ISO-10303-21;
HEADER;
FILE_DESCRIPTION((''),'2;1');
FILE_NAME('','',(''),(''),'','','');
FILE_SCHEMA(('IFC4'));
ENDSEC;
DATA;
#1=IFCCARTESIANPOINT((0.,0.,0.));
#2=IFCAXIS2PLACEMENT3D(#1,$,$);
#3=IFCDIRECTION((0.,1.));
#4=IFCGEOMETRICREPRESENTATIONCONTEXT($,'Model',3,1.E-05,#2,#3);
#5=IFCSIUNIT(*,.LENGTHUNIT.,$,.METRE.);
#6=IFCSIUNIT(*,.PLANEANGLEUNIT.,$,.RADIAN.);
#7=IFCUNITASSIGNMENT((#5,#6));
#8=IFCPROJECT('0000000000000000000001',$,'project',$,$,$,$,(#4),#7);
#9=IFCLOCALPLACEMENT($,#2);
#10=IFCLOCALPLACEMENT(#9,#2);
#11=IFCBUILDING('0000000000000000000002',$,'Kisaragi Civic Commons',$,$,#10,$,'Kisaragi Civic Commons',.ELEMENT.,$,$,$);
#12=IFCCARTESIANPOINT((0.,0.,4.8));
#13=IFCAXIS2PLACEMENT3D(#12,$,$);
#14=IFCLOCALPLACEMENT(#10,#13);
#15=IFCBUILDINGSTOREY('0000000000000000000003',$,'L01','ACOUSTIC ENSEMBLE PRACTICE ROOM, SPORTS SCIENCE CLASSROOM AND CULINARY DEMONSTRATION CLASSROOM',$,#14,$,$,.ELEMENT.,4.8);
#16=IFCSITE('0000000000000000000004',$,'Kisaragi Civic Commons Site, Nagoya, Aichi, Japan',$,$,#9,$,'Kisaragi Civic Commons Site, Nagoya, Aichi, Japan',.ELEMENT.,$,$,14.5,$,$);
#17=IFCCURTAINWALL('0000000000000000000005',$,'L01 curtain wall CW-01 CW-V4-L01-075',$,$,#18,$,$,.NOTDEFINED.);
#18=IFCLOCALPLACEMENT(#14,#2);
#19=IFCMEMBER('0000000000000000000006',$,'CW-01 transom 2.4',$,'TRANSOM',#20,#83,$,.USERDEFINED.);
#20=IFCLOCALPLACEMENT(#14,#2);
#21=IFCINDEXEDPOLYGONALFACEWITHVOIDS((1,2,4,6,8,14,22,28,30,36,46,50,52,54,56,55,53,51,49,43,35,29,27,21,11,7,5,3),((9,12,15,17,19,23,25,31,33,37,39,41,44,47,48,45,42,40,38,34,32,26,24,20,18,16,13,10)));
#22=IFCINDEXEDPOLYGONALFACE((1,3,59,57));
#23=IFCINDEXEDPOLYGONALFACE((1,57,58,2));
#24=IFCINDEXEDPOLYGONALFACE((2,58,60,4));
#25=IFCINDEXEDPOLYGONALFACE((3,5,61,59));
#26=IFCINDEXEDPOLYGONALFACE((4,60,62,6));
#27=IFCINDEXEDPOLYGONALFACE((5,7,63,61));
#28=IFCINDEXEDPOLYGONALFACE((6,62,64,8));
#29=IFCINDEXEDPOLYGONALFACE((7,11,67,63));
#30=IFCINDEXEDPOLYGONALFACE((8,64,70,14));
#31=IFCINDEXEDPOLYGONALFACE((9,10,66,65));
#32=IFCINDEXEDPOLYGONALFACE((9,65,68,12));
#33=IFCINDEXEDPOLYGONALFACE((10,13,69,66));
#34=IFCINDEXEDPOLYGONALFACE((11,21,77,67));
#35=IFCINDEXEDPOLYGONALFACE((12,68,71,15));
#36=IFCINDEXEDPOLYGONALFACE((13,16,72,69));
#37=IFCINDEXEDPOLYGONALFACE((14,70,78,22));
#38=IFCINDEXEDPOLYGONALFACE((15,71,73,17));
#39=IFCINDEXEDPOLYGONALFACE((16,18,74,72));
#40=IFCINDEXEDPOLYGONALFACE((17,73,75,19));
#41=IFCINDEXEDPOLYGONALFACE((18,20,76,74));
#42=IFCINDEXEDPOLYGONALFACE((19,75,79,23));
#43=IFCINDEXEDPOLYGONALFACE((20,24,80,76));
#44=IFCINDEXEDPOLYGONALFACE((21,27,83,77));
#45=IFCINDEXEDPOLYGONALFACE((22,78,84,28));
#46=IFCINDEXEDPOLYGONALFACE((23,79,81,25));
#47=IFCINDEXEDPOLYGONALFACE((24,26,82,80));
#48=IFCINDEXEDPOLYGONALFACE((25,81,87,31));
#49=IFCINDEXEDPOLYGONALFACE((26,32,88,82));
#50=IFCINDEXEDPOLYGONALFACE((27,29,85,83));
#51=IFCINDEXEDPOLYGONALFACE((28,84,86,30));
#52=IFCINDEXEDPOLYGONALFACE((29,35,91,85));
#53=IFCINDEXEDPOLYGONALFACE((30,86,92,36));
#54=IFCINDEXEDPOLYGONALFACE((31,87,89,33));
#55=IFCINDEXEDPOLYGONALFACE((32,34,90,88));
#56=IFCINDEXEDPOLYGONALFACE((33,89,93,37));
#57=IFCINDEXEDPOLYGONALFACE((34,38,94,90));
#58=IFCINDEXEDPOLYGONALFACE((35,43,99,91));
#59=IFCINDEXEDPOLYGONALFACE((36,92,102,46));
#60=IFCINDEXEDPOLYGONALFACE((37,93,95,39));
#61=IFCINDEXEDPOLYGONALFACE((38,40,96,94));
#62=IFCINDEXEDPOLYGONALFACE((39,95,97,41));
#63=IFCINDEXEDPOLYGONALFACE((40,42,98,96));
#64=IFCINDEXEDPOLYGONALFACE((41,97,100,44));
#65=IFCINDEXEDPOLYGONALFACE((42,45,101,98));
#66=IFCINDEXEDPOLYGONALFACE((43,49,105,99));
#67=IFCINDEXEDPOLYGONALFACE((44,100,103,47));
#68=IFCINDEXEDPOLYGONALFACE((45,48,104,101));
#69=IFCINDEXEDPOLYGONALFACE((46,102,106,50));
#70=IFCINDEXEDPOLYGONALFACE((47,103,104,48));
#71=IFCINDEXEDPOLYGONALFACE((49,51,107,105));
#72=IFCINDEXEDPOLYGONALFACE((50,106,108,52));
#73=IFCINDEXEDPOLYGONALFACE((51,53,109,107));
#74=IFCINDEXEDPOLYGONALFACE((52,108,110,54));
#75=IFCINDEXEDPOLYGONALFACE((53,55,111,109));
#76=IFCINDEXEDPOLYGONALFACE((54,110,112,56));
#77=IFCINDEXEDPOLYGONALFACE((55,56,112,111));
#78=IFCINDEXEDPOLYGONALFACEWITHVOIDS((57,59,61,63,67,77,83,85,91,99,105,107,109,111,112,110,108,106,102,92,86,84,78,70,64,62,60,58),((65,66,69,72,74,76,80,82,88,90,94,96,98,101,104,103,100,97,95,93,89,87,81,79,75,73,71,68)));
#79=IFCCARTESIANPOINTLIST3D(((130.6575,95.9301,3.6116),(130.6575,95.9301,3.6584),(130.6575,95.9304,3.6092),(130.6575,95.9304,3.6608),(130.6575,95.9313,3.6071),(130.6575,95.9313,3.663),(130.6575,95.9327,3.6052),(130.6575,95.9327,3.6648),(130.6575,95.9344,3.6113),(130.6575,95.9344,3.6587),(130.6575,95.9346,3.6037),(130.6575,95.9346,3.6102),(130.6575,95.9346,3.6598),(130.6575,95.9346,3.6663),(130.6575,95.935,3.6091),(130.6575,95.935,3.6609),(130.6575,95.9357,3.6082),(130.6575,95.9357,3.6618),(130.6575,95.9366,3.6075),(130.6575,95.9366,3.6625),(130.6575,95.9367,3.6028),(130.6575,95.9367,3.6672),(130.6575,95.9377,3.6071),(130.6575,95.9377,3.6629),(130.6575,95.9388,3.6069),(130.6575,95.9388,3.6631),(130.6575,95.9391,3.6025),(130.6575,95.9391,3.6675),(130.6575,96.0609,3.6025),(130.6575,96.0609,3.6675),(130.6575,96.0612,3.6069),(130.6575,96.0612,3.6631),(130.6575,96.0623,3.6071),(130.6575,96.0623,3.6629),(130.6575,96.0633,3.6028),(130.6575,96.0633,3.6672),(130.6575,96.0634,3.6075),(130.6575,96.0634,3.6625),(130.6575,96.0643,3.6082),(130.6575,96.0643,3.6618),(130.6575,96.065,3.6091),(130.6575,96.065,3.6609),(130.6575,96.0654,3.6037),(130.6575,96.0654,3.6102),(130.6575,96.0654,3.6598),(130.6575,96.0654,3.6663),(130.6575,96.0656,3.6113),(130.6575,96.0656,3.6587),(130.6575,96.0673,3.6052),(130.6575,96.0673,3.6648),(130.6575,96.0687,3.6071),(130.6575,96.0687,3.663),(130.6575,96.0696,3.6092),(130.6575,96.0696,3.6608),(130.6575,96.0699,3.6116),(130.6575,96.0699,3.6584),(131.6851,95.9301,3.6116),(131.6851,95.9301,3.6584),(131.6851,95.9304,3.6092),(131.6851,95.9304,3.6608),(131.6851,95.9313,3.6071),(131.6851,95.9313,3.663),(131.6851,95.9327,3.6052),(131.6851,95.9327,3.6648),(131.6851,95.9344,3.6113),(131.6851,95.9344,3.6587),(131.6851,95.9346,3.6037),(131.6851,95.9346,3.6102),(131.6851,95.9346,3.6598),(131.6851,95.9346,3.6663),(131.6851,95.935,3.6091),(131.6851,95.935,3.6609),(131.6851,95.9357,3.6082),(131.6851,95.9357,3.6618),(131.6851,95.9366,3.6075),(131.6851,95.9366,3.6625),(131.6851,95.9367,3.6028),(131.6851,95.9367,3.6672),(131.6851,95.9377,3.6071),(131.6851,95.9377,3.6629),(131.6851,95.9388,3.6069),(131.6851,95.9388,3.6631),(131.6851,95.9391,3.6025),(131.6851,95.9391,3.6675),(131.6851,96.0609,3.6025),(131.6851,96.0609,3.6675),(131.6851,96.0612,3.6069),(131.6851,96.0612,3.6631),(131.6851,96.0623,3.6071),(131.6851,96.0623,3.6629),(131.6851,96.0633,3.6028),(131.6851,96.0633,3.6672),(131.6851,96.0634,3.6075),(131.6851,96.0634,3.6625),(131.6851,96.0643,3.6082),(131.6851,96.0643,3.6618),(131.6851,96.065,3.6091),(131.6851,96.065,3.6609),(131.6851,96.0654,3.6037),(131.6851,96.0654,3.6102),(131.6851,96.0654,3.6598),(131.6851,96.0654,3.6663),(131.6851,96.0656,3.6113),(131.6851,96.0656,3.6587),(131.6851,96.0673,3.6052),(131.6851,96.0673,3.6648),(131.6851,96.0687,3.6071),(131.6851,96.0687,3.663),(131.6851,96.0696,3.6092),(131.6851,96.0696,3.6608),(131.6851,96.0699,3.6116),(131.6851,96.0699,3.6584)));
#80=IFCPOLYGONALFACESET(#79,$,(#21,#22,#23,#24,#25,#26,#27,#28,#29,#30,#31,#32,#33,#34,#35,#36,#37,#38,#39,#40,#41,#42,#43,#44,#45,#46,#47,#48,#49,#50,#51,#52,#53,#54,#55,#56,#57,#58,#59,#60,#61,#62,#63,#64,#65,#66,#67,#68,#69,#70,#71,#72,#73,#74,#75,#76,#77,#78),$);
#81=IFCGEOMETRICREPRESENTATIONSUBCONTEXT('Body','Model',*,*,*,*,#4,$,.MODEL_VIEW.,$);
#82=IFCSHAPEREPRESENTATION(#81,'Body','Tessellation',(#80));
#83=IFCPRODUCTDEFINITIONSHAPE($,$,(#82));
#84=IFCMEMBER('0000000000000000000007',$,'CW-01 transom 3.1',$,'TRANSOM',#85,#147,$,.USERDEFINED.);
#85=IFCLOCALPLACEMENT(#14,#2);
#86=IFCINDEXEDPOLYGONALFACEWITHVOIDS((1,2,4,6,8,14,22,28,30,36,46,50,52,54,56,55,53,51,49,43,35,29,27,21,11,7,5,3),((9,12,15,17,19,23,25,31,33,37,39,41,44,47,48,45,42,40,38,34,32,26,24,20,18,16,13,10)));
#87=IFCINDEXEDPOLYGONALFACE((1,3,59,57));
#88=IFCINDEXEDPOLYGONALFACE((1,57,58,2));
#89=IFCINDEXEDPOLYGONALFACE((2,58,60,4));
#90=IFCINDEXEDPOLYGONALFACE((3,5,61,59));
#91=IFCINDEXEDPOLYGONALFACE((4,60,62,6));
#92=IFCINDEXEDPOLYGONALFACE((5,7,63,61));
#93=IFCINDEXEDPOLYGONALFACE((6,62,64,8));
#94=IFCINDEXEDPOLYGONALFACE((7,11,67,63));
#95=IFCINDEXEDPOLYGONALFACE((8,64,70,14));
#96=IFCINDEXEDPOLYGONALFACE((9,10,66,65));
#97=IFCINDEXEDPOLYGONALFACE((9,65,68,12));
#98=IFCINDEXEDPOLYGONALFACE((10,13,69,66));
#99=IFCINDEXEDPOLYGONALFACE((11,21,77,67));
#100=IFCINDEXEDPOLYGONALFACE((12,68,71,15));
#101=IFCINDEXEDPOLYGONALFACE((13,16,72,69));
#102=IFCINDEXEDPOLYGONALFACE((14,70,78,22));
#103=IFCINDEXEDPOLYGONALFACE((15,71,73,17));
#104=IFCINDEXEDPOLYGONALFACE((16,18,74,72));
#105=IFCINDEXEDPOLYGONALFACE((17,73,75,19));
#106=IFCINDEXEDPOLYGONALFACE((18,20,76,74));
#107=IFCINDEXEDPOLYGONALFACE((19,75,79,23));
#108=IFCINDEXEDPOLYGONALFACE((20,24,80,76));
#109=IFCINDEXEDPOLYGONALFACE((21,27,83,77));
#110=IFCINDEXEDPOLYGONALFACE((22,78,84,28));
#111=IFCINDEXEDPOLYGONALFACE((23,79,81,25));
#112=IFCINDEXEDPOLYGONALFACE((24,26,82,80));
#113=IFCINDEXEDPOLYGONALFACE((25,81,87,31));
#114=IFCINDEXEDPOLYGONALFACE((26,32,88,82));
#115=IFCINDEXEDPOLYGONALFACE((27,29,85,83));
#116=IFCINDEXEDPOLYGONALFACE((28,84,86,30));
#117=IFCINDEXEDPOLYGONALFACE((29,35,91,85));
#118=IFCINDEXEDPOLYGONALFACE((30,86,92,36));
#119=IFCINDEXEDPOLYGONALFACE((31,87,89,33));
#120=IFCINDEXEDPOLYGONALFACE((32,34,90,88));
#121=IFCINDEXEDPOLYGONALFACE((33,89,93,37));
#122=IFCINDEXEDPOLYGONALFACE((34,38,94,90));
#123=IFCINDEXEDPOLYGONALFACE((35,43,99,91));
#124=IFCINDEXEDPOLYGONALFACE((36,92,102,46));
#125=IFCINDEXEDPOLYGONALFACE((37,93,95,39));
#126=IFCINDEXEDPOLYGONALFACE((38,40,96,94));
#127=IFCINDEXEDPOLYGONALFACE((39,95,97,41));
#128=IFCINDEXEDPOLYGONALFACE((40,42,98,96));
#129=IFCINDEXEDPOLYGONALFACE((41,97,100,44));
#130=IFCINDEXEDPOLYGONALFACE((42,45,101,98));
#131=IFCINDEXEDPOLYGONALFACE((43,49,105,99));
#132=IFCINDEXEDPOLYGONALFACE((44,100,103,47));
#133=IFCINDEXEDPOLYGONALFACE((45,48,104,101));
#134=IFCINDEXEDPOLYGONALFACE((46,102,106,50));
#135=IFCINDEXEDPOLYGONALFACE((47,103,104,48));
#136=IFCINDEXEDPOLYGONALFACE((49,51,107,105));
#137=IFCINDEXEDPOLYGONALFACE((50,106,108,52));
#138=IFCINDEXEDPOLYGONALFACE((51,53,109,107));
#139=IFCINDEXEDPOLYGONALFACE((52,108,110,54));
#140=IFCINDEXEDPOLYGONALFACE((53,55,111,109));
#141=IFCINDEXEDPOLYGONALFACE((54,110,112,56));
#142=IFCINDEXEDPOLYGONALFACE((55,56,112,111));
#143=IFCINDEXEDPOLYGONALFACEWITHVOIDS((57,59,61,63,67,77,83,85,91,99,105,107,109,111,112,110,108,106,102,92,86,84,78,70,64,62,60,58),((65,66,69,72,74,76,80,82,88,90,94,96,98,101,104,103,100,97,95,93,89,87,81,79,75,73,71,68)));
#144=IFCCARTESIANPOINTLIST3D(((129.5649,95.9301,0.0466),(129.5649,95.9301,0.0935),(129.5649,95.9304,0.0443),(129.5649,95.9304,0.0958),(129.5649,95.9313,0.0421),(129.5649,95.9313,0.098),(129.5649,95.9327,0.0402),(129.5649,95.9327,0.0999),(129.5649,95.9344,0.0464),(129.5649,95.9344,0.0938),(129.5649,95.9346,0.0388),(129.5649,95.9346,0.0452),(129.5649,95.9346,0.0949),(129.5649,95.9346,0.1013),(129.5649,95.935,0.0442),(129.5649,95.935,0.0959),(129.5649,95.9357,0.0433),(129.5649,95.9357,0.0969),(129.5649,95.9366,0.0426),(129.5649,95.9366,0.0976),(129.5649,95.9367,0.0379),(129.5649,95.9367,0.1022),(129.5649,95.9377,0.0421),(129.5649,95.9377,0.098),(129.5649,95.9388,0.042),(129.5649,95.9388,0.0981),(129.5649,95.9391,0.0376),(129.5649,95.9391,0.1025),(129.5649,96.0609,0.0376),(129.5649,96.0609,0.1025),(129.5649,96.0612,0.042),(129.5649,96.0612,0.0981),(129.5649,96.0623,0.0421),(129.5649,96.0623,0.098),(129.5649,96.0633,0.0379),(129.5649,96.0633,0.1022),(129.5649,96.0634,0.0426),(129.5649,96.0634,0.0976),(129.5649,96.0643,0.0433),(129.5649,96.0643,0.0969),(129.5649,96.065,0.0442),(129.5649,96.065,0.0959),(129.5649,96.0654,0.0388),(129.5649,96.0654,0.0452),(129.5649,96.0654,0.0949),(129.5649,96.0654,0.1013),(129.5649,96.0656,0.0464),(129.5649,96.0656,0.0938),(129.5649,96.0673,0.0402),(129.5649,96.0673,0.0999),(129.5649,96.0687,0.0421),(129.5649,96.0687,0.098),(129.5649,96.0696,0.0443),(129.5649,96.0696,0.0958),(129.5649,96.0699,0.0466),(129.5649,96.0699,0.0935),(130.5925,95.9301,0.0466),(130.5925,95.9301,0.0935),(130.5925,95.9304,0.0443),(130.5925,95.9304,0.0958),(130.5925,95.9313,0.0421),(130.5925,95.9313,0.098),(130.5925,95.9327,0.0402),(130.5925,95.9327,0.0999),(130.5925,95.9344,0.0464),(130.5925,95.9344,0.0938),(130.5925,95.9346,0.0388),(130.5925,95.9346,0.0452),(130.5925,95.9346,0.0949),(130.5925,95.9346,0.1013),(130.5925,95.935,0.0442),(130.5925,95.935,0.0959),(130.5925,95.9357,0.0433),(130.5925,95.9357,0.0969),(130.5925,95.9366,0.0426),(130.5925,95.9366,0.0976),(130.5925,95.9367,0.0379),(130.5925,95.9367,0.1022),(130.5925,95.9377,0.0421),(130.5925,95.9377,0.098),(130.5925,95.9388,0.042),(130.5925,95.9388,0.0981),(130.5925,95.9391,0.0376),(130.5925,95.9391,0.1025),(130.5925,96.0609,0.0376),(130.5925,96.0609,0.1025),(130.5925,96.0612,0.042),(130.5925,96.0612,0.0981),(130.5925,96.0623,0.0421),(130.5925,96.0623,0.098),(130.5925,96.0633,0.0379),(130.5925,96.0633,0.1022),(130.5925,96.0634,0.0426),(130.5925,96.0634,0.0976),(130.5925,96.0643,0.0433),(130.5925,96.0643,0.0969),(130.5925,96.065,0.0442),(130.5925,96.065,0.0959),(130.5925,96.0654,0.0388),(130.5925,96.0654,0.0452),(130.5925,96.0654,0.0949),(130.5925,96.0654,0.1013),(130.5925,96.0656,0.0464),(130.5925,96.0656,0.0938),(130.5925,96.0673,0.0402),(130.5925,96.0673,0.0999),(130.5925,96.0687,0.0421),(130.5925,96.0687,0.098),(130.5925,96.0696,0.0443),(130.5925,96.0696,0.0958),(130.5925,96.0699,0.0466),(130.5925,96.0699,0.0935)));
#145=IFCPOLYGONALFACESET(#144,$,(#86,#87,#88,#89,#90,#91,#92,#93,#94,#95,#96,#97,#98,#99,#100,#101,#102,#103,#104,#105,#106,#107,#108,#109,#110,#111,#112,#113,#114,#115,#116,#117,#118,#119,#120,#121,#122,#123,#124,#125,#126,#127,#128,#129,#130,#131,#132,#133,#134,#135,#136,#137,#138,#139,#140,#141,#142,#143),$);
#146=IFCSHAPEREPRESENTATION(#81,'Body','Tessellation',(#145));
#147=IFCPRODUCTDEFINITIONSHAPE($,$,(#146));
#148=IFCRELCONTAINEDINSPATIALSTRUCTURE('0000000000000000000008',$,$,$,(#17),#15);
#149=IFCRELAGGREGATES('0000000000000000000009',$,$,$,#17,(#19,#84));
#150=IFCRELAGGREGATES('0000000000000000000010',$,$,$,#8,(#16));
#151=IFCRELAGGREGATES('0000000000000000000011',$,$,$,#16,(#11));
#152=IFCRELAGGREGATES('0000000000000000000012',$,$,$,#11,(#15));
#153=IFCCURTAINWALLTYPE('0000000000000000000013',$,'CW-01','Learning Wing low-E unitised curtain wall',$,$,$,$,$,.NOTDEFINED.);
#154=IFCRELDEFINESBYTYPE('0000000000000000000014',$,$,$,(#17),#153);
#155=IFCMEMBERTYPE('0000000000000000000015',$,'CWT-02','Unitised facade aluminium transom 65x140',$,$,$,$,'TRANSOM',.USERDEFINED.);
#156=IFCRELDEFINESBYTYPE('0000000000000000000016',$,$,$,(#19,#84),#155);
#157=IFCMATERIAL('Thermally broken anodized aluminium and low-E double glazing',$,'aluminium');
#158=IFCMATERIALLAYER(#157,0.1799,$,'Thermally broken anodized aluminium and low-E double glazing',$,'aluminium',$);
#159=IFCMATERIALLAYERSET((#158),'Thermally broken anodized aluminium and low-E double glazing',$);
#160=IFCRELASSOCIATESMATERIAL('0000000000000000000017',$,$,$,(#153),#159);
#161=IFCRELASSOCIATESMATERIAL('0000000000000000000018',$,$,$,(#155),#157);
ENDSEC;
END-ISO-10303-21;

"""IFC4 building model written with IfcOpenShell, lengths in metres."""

from ifc_helpers import new_model, si_unit, direction, frame, origin, origin_2d, place, context, subcontext, project, spatial, hollow_rectangle, extrude, material, layer, layer_set, material_profile, profile_set, type_object, element, aggregate, save


model = new_model("IFC4")

# Units and contexts
model_context = context("Model", 3, precision=1e-05, world=origin(), true_north=direction((0.0, 1.0)))
body_context = subcontext(model_context, "Body", "Model", "MODEL_VIEW")
ifc_project = project(units=[si_unit("LENGTHUNIT", "METRE"), si_unit("PLANEANGLEUNIT", "RADIAN")], contexts=[model_context])

# Site, building, storey
site_placement = place(None, origin())
site = spatial("IfcSite", under=ifc_project, at=site_placement, Name="Kisaragi Civic Commons Site, Nagoya, Aichi, Japan", LongName="Kisaragi Civic Commons Site, Nagoya, Aichi, Japan", CompositionType="ELEMENT", RefElevation=14.5)
building_placement = place(site_placement, origin())
building = spatial("IfcBuilding", under=site, at=building_placement, Name="Kisaragi Civic Commons", LongName="Kisaragi Civic Commons", CompositionType="ELEMENT")
storey_placement = place(building_placement, frame((0.0, 0.0, 4.8)))
storey = spatial("IfcBuildingStorey", under=building, at=storey_placement, Name="L01", Description="ACOUSTIC ENSEMBLE PRACTICE ROOM, SPORTS SCIENCE CLASSROOM AND CULINARY DEMONSTRATION CLASSROOM", CompositionType="ELEMENT", Elevation=4.8)

# Curtain wall, members
ifc_material = material(Name="Thermally broken anodized aluminium and low-E double glazing", Category="aluminium")
ifc_layer_1 = layer(ifc_material, 0.1799, Name="Thermally broken anodized aluminium and low-E double glazing", Category="aluminium")
ifc_layer_set_1 = layer_set([ifc_layer_1], Name="Thermally broken anodized aluminium and low-E double glazing")
curtain_wall_type = type_object("IfcCurtainWallType", Name="CW-01", Description="Learning Wing low-E unitised curtain wall", PredefinedType="NOTDEFINED", material=ifc_layer_set_1)
curtain_wall_placement = place(storey_placement, origin())
curtain_wall = element("IfcCurtainWall", 1, at=curtain_wall_placement, inside=storey, type_object=curtain_wall_type, Name="L01 curtain wall CW-01 CW-V4-L01-075", PredefinedType="NOTDEFINED")
ifc_material_profile_1 = material_profile(ifc_material, hollow_rectangle(XDim=0.1399, YDim=0.0649, WallThickness=0.0044, InnerFilletRadius=0.0044, OuterFilletRadius=0.009, at=origin_2d()), Name="CWT-65x140x4.5", Category="aluminium")
ifc_profile_set_1 = profile_set([ifc_material_profile_1], Name="Thermally broken anodized aluminium and low-E double glazing")
member_type_1 = type_object("IfcMemberType", Name="CWT-02", Description="Unitised facade aluminium transom 65x140", ElementType="TRANSOM", PredefinedType="USERDEFINED", material=ifc_profile_set_1)
member_1_placement = place(storey_placement, frame((131.6851, 96.0, 3.635), z_axis=(-1.0, 0.0, 0.0), x_axis=(0.0, -1.0, 0.0)))
member_1 = element("IfcMember", 2, at=member_1_placement, type_object=member_type_1, Name="CW-01 transom 2.4", ObjectType="TRANSOM", PredefinedType="USERDEFINED", context=body_context, shape_type="SweptSolid", body=[
    extrude(hollow_rectangle(XDim=0.1399, YDim=0.0649, WallThickness=0.0044, InnerFilletRadius=0.0044, OuterFilletRadius=0.009, at=origin_2d()), origin(), (0.0, 0.0, 1.0), 1.0276),
])
member_2_placement = place(storey_placement, frame((130.5925, 96.0, 0.0701), z_axis=(-1.0, 0.0, 0.0), x_axis=(0.0, -1.0, 0.0)))
member_2 = element("IfcMember", 3, at=member_2_placement, type_object=member_type_1, Name="CW-01 transom 3.1", ObjectType="TRANSOM", PredefinedType="USERDEFINED", context=body_context, shape_type="SweptSolid", body=[
    extrude(hollow_rectangle(XDim=0.1399, YDim=0.0649, WallThickness=0.0044, InnerFilletRadius=0.0044, OuterFilletRadius=0.009, at=origin_2d()), origin(), (0.0, 0.0, 1.0), 1.0276),
])
aggregate(curtain_wall, [member_1, member_2])

save(model, "model.ifc")
